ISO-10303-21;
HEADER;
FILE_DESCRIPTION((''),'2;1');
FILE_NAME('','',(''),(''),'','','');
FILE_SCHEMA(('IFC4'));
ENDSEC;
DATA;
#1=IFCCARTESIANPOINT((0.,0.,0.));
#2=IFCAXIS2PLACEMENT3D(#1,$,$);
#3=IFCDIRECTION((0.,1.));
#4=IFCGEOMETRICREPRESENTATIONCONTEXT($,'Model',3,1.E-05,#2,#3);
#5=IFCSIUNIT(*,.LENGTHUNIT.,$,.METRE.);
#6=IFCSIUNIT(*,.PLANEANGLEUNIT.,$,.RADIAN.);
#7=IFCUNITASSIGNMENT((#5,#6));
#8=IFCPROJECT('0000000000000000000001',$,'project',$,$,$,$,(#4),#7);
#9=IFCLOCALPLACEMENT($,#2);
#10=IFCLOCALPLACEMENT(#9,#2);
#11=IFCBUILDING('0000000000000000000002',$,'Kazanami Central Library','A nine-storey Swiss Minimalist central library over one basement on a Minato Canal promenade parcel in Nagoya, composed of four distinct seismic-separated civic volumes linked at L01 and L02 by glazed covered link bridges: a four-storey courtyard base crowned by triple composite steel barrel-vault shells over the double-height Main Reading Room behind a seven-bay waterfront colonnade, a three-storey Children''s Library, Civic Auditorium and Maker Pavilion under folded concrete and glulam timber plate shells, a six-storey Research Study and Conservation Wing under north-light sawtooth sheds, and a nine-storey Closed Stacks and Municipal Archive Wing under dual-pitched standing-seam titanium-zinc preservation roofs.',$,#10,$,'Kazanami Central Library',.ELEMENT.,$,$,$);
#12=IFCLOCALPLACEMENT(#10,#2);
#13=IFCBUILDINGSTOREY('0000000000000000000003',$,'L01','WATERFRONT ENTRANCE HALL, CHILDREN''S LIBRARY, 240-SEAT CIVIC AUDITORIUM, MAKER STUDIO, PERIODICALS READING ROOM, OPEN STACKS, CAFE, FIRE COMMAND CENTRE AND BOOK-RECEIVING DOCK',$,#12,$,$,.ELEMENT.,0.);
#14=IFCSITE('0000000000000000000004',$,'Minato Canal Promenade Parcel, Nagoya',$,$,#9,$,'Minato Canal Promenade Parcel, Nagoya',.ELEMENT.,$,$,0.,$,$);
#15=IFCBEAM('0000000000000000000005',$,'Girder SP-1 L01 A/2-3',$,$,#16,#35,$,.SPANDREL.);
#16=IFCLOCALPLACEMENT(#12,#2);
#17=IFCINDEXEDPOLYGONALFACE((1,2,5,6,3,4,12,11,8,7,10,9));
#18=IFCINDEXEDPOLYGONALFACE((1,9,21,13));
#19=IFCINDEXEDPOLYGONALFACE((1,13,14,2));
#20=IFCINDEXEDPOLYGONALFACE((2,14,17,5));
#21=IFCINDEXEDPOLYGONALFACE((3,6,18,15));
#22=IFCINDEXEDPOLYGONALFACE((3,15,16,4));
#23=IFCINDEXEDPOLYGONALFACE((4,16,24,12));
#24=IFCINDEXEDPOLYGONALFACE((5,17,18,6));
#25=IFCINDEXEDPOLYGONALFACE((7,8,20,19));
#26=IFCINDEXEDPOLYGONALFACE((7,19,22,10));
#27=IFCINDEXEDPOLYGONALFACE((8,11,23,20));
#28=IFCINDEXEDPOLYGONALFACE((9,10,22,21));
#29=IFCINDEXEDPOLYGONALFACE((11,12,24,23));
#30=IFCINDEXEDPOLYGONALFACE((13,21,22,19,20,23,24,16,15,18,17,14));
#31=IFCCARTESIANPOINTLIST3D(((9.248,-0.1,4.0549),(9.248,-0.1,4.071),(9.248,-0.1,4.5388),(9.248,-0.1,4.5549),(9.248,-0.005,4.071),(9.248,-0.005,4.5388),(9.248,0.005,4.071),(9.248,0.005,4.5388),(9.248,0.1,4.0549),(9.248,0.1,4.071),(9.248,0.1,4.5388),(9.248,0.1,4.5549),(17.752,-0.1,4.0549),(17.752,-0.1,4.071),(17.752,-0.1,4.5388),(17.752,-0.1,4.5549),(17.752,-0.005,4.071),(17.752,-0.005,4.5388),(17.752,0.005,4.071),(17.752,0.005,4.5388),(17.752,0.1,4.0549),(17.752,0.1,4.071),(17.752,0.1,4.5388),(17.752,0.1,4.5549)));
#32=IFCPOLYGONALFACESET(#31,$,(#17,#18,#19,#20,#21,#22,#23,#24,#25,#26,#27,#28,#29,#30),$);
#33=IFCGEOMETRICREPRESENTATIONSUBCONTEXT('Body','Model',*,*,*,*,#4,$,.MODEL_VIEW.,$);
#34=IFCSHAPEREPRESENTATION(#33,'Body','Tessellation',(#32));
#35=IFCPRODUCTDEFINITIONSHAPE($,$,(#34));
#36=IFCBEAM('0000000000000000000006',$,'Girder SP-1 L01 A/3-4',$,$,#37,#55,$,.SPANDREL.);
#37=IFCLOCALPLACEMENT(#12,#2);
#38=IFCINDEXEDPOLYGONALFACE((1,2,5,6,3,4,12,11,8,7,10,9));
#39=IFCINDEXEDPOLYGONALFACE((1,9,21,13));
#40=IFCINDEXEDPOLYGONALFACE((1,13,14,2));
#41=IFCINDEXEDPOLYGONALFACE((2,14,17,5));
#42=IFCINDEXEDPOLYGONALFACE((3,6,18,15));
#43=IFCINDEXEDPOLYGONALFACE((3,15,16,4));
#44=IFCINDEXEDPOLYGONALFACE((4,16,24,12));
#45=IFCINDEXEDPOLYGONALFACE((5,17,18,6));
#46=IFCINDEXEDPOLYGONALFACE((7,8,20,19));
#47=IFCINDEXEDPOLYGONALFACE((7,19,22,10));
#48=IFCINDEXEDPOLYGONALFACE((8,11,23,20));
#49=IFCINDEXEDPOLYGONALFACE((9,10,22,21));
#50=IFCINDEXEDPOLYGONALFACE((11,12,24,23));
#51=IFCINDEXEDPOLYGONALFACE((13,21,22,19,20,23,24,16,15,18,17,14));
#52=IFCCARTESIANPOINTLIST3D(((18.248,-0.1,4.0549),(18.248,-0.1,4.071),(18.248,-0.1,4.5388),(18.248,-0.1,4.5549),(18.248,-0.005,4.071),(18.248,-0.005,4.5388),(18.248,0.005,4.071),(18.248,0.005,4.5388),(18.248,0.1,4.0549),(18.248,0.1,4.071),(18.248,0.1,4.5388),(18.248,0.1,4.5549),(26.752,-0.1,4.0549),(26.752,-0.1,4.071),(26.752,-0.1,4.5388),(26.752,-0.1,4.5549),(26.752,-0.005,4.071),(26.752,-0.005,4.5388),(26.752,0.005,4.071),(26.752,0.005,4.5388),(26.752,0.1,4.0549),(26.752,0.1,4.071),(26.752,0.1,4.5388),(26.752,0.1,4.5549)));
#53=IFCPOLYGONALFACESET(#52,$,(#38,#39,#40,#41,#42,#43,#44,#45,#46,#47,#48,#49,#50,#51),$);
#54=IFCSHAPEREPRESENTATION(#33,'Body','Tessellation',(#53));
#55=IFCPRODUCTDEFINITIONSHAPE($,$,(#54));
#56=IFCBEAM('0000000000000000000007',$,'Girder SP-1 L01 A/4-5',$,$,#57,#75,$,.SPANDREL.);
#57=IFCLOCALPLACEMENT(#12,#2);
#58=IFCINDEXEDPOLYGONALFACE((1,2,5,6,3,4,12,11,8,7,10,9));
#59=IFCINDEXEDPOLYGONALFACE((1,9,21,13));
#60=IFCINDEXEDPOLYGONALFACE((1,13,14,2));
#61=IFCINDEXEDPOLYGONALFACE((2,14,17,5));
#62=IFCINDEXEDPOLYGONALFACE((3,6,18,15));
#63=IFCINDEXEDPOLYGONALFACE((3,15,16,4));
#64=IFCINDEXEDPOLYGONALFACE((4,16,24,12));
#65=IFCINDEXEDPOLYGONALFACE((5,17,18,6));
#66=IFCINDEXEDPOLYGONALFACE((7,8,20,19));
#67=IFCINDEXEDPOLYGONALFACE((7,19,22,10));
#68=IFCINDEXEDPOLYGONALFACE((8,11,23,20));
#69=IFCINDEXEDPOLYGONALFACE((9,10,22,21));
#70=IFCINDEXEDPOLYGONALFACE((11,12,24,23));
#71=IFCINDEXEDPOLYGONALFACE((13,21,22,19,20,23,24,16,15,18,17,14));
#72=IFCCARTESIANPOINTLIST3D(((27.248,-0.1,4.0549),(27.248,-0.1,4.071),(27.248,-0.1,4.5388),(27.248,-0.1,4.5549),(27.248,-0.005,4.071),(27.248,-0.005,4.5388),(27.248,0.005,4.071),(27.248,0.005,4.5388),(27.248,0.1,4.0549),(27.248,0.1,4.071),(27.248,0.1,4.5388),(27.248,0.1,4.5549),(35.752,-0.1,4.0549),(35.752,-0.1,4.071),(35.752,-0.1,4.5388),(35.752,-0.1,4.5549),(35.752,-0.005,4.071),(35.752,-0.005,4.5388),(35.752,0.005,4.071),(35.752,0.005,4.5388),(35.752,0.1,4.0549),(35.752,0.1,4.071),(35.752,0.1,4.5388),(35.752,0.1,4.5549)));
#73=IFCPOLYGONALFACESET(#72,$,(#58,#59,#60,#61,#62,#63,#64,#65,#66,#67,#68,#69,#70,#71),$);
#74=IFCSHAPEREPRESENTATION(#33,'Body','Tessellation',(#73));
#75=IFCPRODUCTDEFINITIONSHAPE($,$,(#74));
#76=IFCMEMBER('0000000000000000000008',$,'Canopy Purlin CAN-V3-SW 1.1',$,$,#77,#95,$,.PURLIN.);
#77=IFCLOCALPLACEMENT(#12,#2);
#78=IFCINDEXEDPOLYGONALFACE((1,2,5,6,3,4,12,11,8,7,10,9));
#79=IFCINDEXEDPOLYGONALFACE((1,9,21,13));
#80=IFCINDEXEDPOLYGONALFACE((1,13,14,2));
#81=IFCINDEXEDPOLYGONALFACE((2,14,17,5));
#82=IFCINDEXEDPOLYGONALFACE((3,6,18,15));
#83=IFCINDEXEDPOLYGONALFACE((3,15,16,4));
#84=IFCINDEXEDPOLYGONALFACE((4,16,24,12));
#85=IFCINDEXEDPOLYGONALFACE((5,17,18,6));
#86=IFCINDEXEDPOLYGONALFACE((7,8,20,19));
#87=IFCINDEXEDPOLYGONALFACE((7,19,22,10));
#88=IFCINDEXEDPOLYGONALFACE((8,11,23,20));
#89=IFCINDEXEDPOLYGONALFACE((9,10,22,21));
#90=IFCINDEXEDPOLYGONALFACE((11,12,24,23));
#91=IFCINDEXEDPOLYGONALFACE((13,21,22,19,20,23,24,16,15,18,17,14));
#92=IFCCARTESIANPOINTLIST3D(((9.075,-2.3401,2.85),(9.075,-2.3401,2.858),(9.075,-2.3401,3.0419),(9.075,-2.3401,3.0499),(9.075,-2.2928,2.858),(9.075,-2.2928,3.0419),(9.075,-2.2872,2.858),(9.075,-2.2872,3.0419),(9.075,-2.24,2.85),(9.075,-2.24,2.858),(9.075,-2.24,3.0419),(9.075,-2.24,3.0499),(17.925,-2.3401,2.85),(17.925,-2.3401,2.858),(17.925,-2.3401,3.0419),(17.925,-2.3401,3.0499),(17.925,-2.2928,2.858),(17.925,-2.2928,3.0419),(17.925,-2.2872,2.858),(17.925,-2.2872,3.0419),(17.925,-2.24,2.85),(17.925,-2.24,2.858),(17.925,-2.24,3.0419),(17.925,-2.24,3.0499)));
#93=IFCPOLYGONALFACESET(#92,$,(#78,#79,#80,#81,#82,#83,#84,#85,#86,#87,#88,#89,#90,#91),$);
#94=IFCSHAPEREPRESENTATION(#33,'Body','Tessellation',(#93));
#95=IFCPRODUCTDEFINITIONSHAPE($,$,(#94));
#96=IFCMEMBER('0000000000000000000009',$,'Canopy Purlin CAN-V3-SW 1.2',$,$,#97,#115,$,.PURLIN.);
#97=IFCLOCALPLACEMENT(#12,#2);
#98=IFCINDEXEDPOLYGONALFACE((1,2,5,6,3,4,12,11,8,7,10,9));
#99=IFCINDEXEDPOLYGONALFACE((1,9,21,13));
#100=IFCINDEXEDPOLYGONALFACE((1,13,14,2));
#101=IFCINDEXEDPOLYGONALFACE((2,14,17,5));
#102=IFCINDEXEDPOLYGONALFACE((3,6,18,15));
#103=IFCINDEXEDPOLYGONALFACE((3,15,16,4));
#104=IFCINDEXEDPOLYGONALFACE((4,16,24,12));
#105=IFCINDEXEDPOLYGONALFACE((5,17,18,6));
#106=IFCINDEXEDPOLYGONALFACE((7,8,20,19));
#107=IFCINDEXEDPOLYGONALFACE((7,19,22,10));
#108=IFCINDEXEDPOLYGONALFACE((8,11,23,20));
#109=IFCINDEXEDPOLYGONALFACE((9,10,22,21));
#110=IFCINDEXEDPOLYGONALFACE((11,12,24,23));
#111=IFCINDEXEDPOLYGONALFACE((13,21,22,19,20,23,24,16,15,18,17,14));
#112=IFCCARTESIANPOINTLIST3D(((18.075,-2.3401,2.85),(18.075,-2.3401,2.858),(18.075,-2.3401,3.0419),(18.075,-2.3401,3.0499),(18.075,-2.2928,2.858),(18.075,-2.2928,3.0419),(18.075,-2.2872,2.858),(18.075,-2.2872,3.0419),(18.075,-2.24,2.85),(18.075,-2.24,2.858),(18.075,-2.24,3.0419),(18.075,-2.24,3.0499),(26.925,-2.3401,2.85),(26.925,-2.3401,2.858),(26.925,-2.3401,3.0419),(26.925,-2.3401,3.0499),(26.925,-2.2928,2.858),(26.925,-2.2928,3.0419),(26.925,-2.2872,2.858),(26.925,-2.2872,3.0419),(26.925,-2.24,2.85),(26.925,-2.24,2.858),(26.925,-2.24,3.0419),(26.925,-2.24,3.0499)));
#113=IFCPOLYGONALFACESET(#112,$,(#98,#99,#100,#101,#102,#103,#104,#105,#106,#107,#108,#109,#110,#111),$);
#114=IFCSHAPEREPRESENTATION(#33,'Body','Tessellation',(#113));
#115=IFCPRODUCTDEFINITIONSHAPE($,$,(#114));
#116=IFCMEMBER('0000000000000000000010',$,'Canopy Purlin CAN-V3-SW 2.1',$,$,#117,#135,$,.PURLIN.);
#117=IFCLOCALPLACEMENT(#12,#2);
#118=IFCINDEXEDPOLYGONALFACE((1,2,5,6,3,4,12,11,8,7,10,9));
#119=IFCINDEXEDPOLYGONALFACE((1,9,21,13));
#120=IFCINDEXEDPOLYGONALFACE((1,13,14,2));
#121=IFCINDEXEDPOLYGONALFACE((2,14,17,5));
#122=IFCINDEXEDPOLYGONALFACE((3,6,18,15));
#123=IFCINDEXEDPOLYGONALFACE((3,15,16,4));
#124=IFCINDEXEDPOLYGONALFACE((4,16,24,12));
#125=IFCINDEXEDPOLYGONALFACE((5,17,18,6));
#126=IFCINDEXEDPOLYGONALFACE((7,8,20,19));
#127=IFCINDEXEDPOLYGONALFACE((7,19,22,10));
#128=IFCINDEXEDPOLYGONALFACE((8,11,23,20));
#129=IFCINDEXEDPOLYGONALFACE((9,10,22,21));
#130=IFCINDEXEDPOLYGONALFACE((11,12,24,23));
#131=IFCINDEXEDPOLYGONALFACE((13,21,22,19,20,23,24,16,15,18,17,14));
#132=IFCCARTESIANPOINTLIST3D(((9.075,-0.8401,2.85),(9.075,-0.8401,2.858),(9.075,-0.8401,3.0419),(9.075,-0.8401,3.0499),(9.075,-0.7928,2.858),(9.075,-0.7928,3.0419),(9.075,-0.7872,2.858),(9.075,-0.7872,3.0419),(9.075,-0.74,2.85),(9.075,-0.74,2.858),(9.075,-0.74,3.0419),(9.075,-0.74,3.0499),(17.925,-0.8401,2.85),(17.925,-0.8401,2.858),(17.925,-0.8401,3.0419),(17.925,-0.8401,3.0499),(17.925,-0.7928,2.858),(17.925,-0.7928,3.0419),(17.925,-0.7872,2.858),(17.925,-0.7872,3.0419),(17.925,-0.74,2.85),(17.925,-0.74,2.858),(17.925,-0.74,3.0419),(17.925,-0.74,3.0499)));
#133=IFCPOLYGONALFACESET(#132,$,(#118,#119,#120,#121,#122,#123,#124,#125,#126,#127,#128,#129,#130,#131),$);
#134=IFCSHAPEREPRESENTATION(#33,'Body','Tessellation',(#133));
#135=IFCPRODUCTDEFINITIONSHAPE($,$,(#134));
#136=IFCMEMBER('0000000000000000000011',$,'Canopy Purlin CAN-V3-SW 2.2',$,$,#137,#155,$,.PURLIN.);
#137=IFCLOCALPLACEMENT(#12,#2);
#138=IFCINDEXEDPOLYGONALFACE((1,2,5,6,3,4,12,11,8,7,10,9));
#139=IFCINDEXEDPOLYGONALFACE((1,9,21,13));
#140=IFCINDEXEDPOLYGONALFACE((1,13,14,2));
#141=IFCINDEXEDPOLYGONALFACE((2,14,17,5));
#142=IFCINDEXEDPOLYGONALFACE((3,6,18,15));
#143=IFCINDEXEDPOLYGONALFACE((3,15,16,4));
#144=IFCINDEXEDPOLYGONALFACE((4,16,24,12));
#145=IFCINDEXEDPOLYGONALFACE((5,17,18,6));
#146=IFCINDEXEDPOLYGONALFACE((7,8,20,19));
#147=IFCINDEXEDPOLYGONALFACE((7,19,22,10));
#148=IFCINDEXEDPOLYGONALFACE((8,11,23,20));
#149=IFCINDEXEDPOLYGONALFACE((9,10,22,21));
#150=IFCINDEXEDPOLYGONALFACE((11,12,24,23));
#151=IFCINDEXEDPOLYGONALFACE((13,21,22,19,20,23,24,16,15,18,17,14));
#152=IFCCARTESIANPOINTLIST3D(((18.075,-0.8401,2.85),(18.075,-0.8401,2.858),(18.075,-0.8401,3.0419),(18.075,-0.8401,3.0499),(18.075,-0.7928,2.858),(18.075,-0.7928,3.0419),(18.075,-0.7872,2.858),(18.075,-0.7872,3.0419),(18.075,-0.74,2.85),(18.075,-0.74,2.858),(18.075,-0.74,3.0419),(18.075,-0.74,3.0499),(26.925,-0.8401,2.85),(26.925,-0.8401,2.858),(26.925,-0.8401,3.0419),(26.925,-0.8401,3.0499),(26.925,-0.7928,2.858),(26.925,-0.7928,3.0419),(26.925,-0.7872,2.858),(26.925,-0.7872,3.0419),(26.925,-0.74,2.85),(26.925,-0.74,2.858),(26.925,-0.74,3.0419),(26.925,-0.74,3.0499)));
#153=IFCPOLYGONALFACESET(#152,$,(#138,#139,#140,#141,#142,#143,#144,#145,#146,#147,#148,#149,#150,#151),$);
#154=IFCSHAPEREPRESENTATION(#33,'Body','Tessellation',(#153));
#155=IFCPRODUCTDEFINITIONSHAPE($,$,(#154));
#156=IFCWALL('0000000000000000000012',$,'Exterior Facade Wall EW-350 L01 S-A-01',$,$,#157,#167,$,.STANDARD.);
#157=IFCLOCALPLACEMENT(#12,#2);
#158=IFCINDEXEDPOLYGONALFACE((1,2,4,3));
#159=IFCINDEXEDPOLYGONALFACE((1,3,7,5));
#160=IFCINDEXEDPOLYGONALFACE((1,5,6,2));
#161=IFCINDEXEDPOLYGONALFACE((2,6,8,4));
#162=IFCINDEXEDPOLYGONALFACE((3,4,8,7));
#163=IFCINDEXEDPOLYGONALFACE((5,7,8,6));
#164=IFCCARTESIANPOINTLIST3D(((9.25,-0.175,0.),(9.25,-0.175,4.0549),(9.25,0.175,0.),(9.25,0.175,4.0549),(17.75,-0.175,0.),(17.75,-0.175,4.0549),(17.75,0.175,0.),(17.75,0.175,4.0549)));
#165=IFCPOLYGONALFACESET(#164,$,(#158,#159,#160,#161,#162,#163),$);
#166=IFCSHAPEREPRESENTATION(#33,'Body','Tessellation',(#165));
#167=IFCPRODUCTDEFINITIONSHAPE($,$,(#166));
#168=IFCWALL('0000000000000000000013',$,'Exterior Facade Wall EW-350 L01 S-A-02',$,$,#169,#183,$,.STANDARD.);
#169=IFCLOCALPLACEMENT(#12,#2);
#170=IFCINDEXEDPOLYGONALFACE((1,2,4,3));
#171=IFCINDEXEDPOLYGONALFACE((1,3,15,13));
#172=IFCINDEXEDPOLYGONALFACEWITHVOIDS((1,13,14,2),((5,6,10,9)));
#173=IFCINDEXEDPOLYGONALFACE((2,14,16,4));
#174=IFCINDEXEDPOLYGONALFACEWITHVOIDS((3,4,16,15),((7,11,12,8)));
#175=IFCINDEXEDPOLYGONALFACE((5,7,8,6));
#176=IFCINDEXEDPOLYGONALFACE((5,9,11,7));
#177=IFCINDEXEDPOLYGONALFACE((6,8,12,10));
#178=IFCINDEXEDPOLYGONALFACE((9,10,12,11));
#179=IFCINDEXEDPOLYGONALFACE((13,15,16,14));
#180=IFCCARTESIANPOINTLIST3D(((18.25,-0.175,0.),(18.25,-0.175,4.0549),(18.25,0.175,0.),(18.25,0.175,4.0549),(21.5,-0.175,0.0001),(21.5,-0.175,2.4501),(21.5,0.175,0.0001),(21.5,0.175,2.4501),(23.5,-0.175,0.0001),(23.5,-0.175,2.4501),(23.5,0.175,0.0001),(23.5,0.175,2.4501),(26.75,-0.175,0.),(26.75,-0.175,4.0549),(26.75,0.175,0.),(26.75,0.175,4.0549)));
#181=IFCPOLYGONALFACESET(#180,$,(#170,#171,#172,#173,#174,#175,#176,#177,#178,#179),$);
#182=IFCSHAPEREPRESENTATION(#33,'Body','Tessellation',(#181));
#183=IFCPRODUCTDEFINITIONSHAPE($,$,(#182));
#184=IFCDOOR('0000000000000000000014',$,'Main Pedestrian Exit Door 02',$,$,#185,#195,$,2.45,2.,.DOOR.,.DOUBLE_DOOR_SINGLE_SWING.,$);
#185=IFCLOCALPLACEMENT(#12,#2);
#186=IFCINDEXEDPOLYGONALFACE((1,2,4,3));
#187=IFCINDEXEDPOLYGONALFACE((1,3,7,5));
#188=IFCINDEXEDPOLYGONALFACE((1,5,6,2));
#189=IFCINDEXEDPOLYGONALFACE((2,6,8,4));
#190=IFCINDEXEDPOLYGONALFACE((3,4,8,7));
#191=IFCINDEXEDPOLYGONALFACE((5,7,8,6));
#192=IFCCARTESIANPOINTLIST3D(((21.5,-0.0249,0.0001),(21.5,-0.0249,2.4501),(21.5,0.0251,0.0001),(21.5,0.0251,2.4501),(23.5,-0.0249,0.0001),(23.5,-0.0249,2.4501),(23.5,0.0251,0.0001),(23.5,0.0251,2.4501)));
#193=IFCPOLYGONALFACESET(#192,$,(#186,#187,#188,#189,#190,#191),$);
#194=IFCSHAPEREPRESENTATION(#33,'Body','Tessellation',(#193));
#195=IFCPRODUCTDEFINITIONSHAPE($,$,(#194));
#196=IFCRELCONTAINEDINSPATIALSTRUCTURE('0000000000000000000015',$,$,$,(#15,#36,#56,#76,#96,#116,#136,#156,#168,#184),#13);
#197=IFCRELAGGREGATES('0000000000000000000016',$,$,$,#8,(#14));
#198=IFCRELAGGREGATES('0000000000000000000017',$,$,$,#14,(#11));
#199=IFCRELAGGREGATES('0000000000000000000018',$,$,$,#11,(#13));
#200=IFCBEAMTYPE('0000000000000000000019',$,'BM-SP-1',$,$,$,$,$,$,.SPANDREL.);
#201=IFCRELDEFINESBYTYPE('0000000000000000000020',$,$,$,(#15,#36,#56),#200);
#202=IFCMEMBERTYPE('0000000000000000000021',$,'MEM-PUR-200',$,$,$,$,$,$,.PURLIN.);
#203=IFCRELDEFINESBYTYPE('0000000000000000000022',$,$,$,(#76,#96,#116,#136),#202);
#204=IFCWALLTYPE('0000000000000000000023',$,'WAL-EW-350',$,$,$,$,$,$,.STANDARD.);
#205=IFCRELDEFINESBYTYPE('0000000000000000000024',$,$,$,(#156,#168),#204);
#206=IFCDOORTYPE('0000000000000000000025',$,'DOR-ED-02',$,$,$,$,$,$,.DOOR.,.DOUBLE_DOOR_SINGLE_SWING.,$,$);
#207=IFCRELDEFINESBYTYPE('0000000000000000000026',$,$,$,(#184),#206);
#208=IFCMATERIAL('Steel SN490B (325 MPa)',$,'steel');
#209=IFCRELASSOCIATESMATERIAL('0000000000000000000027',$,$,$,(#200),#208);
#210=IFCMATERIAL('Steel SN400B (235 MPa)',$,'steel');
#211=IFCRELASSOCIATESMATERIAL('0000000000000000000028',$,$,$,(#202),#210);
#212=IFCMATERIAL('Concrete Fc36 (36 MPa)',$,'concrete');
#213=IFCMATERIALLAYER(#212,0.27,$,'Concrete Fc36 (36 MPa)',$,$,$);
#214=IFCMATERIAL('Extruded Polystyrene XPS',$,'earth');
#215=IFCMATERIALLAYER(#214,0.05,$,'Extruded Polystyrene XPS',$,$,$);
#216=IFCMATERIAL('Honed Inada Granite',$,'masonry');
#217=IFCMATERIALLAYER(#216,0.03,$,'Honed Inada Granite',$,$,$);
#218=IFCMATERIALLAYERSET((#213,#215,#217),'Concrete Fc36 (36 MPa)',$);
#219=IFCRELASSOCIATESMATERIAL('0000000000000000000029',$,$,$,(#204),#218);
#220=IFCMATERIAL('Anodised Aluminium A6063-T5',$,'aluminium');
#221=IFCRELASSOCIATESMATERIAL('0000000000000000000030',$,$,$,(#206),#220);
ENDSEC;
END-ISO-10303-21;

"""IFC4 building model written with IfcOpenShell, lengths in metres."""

from ifc_helpers import new_model, si_unit, direction, frame, frame_2d, origin, origin_2d, place, context, subcontext, project, spatial, rectangle, i_section, extrude, material, layer, layer_set, material_profile, profile_set, type_object, element, fill, save


model = new_model("IFC4")

# Units and contexts
model_context = context("Model", 3, precision=1e-05, world=origin(), true_north=direction((0.0, 1.0)))
body_context = subcontext(model_context, "Body", "Model", "MODEL_VIEW")
ifc_project = project(units=[si_unit("LENGTHUNIT", "METRE"), si_unit("PLANEANGLEUNIT", "RADIAN")], contexts=[model_context])

# Site, building, storey
site_placement = place(None, origin())
site = spatial("IfcSite", under=ifc_project, at=site_placement, Name="Minato Canal Promenade Parcel, Nagoya", LongName="Minato Canal Promenade Parcel, Nagoya", CompositionType="ELEMENT", RefElevation=0.0)
building_placement = place(site_placement, origin())
building = spatial("IfcBuilding", under=site, at=building_placement, Name="Kazanami Central Library", Description="A nine-storey Swiss Minimalist central library over one basement on a Minato Canal promenade parcel in Nagoya, composed of four distinct seismic-separated civic volumes linked at L01 and L02 by glazed covered link bridges: a four-storey courtyard base crowned by triple composite steel barrel-vault shells over the double-height Main Reading Room behind a seven-bay waterfront colonnade, a three-storey Children's Library, Civic Auditorium and Maker Pavilion under folded concrete and glulam timber plate shells, a six-storey Research Study and Conservation Wing under north-light sawtooth sheds, and a nine-storey Closed Stacks and Municipal Archive Wing under dual-pitched standing-seam titanium-zinc preservation roofs.", LongName="Kazanami Central Library", CompositionType="ELEMENT")
storey_placement = place(building_placement, origin())
storey = spatial("IfcBuildingStorey", under=building, at=storey_placement, Name="L01", Description="WATERFRONT ENTRANCE HALL, CHILDREN'S LIBRARY, 240-SEAT CIVIC AUDITORIUM, MAKER STUDIO, PERIODICALS READING ROOM, OPEN STACKS, CAFE, FIRE COMMAND CENTRE AND BOOK-RECEIVING DOCK", CompositionType="ELEMENT", Elevation=0.0)

# Beams
ifc_material_1 = material(Name="Steel SN400B (235 MPa)", Category="steel")
ifc_material_2 = material(Name="Steel SN490B (325 MPa)", Category="steel")
ifc_material_profile_1 = material_profile(ifc_material_2, i_section(OverallWidth=0.2, OverallDepth=0.5, WebThickness=0.01, FlangeThickness=0.0161, at=origin_2d()), Name="H-500x200x10x16")
ifc_profile_set_1 = profile_set([ifc_material_profile_1], Name="Steel SN490B (325 MPa)")
beam_type_1 = type_object("IfcBeamType", Name="BM-SP-1", PredefinedType="SPANDREL", material=ifc_profile_set_1)
for number, where, z_axis, x_axis, name in (
    (1, (9.248, 0.0, 4.3049), (1.0, 0.0, 0.0), (0.0, 1.0, 0.0), "Girder SP-1 L01 A/2-3"),
    (2, (18.248, 0.0, 4.3049), (1.0, 0.0, 0.0), (0.0, 1.0, 0.0), "Girder SP-1 L01 A/3-4"),
    (3, (27.248, 0.0, 4.3049), (1.0, 0.0, 0.0), (0.0, 1.0, 0.0), "Girder SP-1 L01 A/4-5"),
):
    element("IfcBeam", number, at=place(storey_placement, frame(where, z_axis=z_axis, x_axis=x_axis)), inside=storey, type_object=beam_type_1, Name=name, PredefinedType="SPANDREL", context=body_context, shape_type="SweptSolid", body=[
        extrude(i_section(OverallWidth=0.2, OverallDepth=0.5, WebThickness=0.01, FlangeThickness=0.0161, at=origin_2d()), origin(), (0.0, 0.0, 1.0), 8.5039),
    ])

# Members
ifc_material_profile_2 = material_profile(ifc_material_1, i_section(OverallWidth=0.1001, OverallDepth=0.2, WebThickness=0.0056, FlangeThickness=0.0081, at=origin_2d()), Name="H-200x100x5.5x8")
ifc_profile_set_2 = profile_set([ifc_material_profile_2], Name="Steel SN400B (235 MPa)")
member_type = type_object("IfcMemberType", Name="MEM-PUR-200", PredefinedType="PURLIN", material=ifc_profile_set_2)
for number, where, z_axis, x_axis, name in (
    (4, (9.075, -2.29, 2.95), (1.0, 0.0, 0.0), (0.0, 1.0, 0.0), "Canopy Purlin CAN-V3-SW 1.1"),
    (5, (18.075, -2.29, 2.95), (1.0, 0.0, 0.0), (0.0, 1.0, 0.0), "Canopy Purlin CAN-V3-SW 1.2"),
    (6, (9.075, -0.79, 2.95), (1.0, 0.0, 0.0), (0.0, 1.0, 0.0), "Canopy Purlin CAN-V3-SW 2.1"),
    (7, (18.075, -0.79, 2.95), (1.0, 0.0, 0.0), (0.0, 1.0, 0.0), "Canopy Purlin CAN-V3-SW 2.2"),
):
    element("IfcMember", number, at=place(storey_placement, frame(where, z_axis=z_axis, x_axis=x_axis)), inside=storey, type_object=member_type, Name=name, PredefinedType="PURLIN", context=body_context, shape_type="SweptSolid", body=[
        extrude(i_section(OverallWidth=0.1001, OverallDepth=0.2, WebThickness=0.0056, FlangeThickness=0.0081, at=origin_2d()), origin(), (0.0, 0.0, 1.0), 8.8501),
    ])

# Wall
ifc_material_3 = material(Name="Concrete Fc36 (36 MPa)", Category="concrete")
ifc_layer_1 = layer(ifc_material_3, 0.27, Name="Concrete Fc36 (36 MPa)")
ifc_material_4 = material(Name="Extruded Polystyrene XPS", Category="earth")
ifc_layer_2 = layer(ifc_material_4, 0.05, Name="Extruded Polystyrene XPS")
ifc_material_5 = material(Name="Honed Inada Granite", Category="masonry")
ifc_layer_3 = layer(ifc_material_5, 0.03, Name="Honed Inada Granite")
ifc_layer_set_1 = layer_set([ifc_layer_1, ifc_layer_2, ifc_layer_3], Name="Concrete Fc36 (36 MPa)")
wall_type_1 = type_object("IfcWallType", Name="WAL-EW-350", PredefinedType="STANDARD", material=ifc_layer_set_1)
wall_1_placement = place(storey_placement, frame((9.25, 0.0, 0.0), z_axis=(0.0, 0.0, 1.0), x_axis=(1.0, 0.0, 0.0)))
element("IfcWall", 8, at=wall_1_placement, inside=storey, type_object=wall_type_1, Name="Exterior Facade Wall EW-350 L01 S-A-01", PredefinedType="STANDARD", context=body_context, shape_type="SweptSolid", body=[
    extrude(rectangle(XDim=8.5, YDim=0.3501, at=frame_2d((4.25, 0.0))), origin(), (0.0, 0.0, 1.0), 4.0549),
])

# Wall, opening, door
wall_2_placement = place(storey_placement, frame((18.25, 0.0, 0.0), z_axis=(0.0, 0.0, 1.0), x_axis=(1.0, 0.0, 0.0)))
wall_2 = element("IfcWall", 9, at=wall_2_placement, inside=storey, type_object=wall_type_1, Name="Exterior Facade Wall EW-350 L01 S-A-02", PredefinedType="STANDARD", context=body_context, shape_type="SweptSolid", body=[
    extrude(rectangle(XDim=8.5, YDim=0.3501, at=frame_2d((4.25, 0.0))), origin(), (0.0, 0.0, 1.0), 4.0549),
])
opening_placement = place(wall_2_placement, frame((3.25, 0.0, 0.0)))
opening = element("IfcOpeningElement", 10, at=opening_placement, cuts=wall_2, PredefinedType="OPENING", context=body_context, shape_type="SweptSolid", body=[
    extrude(rectangle(XDim=2.0, YDim=2.45, at=frame_2d((1.0, 1.2251))), frame((0.0, 0.187, 0.0), z_axis=(0.0, -1.0, 0.0), x_axis=(1.0, 0.0, 0.0)), (0.0, 0.0, 1.0), 0.374),
])
ifc_material_6 = material(Name="Anodised Aluminium A6063-T5", Category="aluminium")
door_type = type_object("IfcDoorType", Name="DOR-ED-02", OperationType="DOUBLE_DOOR_SINGLE_SWING", PredefinedType="DOOR", material=ifc_material_6)
door_placement = place(opening_placement, frame((2.0, 0.0, 0.0), z_axis=(0.0, 0.0, 1.0), x_axis=(-1.0, 0.0, 0.0)))
door = element("IfcDoor", 11, at=door_placement, inside=storey, type_object=door_type, Name="Main Pedestrian Exit Door 02", OperationType="DOUBLE_DOOR_SINGLE_SWING", OverallHeight=2.45, OverallWidth=2.0, PredefinedType="DOOR", context=body_context, shape_type="SweptSolid", body=[
    extrude(rectangle(XDim=2.0, YDim=2.45, at=frame_2d((1.0, 1.2251))), frame((0.0, 0.0249, 0.0), z_axis=(0.0, -1.0, 0.0), x_axis=(1.0, 0.0, 0.0)), (0.0, 0.0, 1.0), 0.05),
])
fill(opening, door)

save(model, "model.ifc")
